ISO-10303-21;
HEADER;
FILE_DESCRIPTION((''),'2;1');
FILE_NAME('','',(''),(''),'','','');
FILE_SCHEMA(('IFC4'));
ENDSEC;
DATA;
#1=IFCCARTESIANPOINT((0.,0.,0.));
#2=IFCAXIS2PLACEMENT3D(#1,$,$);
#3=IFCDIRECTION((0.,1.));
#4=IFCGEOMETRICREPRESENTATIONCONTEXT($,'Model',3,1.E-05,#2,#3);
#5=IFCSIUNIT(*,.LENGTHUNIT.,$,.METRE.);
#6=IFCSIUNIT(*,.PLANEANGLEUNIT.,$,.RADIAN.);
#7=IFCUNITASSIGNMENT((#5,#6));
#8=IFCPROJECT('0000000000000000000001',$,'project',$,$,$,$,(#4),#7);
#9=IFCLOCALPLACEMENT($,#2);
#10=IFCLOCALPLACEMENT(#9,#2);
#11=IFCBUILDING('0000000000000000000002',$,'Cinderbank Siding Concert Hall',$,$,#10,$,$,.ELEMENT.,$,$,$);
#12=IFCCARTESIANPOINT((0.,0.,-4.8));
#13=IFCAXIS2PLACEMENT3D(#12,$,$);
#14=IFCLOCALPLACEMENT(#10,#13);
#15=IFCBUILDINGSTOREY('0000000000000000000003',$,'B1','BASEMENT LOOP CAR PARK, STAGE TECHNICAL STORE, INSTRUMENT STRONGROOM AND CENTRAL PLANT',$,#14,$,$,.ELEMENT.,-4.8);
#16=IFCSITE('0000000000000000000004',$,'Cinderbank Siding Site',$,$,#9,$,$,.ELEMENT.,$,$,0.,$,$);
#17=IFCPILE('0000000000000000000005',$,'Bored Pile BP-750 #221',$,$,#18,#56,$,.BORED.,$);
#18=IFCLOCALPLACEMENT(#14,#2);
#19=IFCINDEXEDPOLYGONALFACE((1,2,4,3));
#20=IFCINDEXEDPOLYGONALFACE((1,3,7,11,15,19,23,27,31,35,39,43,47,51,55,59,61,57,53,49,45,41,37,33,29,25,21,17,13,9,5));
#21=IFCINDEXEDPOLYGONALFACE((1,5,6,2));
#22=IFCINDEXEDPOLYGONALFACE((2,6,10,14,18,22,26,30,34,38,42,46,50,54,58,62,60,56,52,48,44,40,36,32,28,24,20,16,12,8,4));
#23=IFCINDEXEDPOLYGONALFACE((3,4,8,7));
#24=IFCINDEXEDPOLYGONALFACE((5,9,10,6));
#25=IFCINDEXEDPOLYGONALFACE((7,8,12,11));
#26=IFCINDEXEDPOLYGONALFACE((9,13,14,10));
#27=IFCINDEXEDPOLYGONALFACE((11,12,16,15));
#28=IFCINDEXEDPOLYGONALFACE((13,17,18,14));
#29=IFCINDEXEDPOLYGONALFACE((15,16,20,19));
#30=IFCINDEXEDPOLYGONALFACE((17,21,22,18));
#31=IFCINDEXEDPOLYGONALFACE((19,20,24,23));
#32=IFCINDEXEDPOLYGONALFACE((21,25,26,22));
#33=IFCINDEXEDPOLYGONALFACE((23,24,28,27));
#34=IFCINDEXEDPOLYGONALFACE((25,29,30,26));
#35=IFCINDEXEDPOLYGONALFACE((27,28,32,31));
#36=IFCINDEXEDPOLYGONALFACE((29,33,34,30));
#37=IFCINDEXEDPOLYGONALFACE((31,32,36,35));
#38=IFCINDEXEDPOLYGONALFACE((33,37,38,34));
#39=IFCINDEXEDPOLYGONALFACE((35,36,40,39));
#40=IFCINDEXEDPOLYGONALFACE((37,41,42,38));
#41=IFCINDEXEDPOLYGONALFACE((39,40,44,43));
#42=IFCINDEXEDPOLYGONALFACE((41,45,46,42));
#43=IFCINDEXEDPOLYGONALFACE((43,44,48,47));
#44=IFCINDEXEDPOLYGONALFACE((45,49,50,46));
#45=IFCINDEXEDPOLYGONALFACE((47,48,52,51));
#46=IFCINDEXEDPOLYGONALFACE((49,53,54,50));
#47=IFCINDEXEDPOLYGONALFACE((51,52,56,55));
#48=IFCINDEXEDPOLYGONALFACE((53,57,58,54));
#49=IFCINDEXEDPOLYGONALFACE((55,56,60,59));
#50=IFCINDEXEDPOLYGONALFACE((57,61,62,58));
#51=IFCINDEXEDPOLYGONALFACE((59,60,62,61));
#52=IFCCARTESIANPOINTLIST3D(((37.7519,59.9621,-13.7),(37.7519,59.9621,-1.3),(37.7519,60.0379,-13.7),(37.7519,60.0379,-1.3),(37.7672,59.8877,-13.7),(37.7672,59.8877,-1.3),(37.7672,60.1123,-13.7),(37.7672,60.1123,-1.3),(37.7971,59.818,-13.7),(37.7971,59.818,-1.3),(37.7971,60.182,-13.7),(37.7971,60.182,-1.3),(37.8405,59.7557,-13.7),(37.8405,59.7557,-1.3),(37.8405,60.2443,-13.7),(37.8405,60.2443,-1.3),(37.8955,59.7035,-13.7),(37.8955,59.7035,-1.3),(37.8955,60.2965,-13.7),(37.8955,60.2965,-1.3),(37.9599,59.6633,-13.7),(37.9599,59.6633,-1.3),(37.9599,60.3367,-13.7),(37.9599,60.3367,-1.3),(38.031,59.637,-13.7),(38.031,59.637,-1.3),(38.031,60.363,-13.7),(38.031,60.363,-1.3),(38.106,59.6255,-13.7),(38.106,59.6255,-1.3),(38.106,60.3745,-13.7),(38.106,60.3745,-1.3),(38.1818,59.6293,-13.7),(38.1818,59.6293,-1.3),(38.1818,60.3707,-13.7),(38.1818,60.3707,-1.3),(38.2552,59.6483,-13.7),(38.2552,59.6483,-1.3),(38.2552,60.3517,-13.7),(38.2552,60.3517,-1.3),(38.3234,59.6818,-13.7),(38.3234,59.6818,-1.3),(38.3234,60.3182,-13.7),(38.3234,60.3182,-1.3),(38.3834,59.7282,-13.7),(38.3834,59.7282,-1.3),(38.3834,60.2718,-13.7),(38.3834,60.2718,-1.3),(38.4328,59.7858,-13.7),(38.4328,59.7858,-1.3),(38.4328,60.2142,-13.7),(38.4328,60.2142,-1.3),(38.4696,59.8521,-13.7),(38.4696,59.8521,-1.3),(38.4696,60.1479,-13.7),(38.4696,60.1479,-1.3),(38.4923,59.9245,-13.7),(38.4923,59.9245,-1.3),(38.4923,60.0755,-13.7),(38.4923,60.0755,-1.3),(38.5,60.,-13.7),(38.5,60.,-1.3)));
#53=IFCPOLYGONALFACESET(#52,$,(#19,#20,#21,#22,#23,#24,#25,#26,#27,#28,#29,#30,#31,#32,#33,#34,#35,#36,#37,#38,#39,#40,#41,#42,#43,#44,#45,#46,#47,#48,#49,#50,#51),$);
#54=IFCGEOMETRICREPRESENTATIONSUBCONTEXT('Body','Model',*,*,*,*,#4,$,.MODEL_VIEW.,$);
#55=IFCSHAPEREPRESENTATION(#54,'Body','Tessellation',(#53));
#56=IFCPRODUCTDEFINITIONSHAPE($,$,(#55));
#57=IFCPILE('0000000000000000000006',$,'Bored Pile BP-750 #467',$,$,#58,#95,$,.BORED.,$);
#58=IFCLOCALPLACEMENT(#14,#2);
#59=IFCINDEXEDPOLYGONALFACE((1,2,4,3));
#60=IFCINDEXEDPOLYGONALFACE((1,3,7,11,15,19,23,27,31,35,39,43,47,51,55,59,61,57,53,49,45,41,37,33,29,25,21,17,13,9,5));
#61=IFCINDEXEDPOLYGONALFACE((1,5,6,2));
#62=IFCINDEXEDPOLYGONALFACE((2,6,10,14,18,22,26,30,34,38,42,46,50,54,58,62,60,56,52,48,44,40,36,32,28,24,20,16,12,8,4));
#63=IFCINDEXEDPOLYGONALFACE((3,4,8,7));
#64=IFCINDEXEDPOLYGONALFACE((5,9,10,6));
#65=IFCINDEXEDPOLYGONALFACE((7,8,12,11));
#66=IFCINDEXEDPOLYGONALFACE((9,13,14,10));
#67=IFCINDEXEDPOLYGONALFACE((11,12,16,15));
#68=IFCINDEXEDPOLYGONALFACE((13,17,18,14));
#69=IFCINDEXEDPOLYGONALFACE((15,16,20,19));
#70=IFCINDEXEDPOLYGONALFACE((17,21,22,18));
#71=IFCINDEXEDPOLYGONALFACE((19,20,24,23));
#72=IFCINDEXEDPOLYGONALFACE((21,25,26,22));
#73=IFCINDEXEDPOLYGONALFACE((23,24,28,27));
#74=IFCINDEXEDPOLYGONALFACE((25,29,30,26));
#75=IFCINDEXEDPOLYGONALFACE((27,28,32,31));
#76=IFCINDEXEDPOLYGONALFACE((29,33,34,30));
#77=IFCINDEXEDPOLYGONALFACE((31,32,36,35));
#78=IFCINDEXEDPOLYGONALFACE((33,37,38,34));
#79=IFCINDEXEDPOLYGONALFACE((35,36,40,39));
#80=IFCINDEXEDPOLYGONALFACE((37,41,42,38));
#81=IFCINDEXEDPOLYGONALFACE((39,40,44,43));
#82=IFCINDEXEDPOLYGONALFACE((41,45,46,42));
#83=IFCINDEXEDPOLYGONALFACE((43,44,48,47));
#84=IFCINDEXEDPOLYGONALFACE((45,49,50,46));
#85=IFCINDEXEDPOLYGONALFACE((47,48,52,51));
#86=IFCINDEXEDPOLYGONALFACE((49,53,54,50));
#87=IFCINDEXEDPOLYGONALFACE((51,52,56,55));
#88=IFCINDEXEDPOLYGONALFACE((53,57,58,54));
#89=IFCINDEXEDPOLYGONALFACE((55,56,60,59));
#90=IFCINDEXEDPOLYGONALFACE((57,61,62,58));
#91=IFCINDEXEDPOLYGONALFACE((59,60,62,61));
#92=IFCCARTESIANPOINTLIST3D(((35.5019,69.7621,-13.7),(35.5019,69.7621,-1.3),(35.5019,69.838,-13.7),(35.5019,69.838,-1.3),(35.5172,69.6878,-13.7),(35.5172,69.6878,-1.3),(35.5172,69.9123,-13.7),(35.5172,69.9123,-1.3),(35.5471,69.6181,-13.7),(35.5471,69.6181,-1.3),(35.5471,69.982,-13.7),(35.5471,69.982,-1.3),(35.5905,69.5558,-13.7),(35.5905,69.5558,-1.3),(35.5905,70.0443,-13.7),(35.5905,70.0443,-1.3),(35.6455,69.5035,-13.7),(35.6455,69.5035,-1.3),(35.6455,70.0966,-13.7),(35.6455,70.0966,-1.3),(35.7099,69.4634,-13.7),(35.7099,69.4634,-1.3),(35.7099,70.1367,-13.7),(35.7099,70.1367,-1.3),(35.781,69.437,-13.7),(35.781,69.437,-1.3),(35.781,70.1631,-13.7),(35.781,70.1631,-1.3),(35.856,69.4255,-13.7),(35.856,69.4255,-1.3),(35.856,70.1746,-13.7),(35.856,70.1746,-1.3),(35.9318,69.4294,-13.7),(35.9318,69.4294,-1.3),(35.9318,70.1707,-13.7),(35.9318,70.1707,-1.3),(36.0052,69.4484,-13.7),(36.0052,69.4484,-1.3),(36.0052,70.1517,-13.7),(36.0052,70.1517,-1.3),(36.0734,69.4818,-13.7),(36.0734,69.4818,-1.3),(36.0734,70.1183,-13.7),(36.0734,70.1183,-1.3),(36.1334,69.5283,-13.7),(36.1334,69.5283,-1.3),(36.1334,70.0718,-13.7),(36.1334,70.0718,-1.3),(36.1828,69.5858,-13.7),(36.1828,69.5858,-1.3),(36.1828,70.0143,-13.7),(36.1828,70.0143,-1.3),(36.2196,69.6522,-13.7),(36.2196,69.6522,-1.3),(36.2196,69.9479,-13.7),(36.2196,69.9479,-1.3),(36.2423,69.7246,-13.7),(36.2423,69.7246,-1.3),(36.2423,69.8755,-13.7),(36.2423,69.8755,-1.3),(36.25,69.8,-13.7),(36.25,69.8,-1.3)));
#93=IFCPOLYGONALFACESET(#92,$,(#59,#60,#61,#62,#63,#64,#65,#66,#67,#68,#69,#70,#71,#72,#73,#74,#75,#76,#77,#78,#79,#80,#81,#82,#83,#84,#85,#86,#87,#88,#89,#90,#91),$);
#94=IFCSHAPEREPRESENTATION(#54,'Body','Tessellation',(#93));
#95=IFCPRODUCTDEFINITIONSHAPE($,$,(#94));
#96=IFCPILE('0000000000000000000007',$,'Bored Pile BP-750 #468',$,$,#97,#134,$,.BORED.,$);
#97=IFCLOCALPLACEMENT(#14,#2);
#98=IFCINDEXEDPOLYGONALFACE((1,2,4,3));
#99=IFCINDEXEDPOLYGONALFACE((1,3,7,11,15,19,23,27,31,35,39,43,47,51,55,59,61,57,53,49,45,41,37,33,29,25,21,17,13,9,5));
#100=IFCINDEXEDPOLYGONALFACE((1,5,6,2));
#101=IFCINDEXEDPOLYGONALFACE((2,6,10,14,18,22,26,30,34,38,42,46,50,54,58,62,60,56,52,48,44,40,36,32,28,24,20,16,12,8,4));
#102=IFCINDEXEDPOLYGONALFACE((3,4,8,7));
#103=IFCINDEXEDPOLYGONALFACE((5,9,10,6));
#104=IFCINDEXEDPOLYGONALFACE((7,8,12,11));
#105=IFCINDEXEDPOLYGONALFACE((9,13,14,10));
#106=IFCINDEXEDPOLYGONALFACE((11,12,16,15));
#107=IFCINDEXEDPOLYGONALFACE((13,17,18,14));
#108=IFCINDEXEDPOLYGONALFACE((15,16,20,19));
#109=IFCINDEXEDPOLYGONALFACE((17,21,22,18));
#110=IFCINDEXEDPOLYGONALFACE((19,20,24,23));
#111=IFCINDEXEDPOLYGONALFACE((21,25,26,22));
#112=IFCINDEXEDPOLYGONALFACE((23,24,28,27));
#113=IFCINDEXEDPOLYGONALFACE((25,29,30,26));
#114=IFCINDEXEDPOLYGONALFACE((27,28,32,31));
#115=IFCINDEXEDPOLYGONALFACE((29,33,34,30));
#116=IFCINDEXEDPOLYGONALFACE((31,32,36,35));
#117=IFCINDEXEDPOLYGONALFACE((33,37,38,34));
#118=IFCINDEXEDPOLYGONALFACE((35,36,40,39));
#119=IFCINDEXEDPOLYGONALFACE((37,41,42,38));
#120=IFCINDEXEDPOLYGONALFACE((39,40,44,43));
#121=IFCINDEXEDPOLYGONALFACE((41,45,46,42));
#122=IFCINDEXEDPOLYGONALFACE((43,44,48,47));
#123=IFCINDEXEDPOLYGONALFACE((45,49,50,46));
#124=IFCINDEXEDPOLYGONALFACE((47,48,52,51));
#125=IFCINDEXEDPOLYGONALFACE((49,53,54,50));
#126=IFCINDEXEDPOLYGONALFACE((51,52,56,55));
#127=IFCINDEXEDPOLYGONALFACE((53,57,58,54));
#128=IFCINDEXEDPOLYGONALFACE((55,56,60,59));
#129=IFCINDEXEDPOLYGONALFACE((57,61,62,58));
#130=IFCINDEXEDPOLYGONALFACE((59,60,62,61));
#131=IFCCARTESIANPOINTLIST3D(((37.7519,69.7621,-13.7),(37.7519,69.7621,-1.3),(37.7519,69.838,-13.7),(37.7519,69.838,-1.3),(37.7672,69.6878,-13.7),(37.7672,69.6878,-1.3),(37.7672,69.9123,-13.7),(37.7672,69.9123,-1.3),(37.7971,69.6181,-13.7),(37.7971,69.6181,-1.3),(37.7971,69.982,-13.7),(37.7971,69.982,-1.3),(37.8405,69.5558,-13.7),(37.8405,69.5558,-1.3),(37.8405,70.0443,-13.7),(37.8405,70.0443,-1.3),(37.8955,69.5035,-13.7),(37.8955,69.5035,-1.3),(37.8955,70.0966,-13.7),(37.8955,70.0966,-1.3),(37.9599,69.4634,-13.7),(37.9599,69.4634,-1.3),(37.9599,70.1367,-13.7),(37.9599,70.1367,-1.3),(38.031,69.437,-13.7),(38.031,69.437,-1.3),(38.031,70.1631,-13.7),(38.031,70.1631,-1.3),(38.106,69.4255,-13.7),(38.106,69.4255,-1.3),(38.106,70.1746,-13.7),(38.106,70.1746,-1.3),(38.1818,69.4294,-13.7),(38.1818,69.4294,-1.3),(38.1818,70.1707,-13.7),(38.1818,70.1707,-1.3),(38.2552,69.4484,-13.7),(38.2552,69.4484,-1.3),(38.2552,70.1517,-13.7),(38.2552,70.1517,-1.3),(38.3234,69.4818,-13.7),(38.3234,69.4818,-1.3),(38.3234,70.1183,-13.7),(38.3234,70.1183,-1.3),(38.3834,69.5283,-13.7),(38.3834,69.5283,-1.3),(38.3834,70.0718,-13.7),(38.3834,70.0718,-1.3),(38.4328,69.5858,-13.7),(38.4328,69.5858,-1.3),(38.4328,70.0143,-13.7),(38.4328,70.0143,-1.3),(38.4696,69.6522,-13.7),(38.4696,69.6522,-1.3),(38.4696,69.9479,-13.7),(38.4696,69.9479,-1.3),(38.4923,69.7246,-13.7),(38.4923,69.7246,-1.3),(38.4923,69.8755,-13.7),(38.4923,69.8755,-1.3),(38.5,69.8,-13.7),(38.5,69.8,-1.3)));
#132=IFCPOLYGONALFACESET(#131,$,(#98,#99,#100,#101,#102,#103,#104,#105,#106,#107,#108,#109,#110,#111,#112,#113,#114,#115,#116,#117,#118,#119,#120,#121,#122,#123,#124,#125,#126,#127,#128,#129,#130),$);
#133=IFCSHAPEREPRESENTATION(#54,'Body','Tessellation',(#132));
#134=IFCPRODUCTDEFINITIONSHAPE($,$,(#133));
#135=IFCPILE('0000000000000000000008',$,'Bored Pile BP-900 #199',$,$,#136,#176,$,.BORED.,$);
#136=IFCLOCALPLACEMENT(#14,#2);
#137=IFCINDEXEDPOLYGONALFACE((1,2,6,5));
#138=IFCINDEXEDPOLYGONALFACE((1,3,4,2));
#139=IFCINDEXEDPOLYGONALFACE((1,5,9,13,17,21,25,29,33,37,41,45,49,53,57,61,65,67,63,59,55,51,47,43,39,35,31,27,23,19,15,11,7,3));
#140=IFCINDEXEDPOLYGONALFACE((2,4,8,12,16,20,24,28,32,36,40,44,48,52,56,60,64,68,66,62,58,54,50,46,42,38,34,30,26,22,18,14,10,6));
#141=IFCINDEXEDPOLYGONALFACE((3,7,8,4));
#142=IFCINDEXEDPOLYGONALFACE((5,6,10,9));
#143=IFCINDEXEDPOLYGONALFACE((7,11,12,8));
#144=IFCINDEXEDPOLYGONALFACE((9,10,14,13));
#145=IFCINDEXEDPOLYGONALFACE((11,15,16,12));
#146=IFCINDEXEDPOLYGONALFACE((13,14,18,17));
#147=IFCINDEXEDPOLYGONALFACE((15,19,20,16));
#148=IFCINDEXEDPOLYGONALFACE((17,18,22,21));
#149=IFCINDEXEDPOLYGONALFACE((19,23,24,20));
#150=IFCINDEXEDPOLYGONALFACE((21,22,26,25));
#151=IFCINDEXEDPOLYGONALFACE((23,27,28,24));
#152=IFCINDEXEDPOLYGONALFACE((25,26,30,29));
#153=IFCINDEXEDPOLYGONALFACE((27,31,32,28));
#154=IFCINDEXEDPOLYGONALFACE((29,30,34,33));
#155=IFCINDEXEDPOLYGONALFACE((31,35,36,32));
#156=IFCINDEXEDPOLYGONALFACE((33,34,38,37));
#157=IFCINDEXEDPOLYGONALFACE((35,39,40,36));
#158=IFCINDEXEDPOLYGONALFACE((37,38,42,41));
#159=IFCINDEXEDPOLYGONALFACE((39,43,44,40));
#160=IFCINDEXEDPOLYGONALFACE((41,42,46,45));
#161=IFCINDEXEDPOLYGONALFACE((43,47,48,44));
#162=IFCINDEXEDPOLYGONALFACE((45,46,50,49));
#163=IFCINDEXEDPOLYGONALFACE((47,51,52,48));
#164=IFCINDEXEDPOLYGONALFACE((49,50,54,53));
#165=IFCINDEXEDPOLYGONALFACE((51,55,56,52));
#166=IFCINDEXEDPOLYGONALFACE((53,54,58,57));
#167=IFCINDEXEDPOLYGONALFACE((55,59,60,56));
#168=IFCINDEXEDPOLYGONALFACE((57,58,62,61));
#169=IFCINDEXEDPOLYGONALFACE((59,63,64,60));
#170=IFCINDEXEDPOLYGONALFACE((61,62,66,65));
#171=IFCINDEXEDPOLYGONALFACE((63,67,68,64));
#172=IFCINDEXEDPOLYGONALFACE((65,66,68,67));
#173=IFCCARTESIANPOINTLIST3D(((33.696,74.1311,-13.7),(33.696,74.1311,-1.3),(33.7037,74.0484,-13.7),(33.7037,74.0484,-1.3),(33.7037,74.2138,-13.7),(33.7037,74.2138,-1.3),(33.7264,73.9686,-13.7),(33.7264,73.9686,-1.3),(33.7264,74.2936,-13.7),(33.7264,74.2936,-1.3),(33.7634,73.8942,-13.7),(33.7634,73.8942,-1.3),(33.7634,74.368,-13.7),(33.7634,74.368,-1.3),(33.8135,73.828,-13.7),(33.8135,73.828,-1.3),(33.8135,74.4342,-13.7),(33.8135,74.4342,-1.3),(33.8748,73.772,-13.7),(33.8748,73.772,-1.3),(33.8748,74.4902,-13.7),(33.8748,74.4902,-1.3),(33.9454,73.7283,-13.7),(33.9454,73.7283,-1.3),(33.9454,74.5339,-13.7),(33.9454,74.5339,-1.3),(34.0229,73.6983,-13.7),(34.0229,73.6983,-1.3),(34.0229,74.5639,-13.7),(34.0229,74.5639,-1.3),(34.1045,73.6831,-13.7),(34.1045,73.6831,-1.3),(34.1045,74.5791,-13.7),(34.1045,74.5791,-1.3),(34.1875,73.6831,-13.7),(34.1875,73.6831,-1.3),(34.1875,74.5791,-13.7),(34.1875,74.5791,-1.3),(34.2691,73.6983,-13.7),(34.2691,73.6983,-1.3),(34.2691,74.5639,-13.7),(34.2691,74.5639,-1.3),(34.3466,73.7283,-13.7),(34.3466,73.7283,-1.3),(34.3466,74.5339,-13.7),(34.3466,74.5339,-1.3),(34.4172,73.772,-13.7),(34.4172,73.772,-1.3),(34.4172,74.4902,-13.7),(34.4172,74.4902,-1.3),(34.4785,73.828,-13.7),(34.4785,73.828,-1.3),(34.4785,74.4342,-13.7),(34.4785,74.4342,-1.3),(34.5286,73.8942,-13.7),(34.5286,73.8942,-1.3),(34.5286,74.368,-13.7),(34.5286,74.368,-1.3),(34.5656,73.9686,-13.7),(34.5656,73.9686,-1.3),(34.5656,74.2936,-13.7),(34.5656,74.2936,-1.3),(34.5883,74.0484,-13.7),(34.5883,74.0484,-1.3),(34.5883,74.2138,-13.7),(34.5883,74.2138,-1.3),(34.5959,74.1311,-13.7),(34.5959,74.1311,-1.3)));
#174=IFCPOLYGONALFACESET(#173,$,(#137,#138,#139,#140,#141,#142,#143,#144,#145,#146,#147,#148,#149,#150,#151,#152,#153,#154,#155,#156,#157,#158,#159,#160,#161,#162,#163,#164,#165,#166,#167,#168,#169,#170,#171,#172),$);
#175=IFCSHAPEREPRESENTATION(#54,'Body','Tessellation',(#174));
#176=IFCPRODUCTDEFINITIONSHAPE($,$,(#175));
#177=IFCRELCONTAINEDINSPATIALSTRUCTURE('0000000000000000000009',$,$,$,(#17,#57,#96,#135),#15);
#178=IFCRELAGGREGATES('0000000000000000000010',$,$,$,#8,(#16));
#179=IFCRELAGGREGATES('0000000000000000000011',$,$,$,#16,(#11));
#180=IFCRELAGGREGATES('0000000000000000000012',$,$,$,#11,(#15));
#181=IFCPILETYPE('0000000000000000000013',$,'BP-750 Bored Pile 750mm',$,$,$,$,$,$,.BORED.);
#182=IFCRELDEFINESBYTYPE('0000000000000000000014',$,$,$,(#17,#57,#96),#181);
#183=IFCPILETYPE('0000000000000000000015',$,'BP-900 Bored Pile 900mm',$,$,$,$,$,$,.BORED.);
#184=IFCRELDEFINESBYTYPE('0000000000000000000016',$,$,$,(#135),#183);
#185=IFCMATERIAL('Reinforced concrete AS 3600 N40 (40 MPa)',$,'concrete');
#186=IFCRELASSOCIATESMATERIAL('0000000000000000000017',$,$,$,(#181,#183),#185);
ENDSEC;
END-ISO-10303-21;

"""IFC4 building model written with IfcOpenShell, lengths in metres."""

from ifc_helpers import new_model, si_unit, direction, frame, origin, origin_2d, place, context, subcontext, project, spatial, circle, extrude, material, material_profile, profile_set, type_object, element, save


model = new_model("IFC4")

# Units and contexts
model_context = context("Model", 3, precision=1e-05, world=origin(), true_north=direction((0.0, 1.0)))
body_context = subcontext(model_context, "Body", "Model", "MODEL_VIEW")
ifc_project = project(units=[si_unit("LENGTHUNIT", "METRE"), si_unit("PLANEANGLEUNIT", "RADIAN")], contexts=[model_context])

# Site, building, storey
site_placement = place(None, origin())
site = spatial("IfcSite", under=ifc_project, at=site_placement, Name="Cinderbank Siding Site", CompositionType="ELEMENT", RefElevation=0.0)
building_placement = place(site_placement, origin())
building = spatial("IfcBuilding", under=site, at=building_placement, Name="Cinderbank Siding Concert Hall", CompositionType="ELEMENT")
storey_placement = place(building_placement, frame((0.0, 0.0, -4.8)))
storey = spatial("IfcBuildingStorey", under=building, at=storey_placement, Name="B1", Description="BASEMENT LOOP CAR PARK, STAGE TECHNICAL STORE, INSTRUMENT STRONGROOM AND CENTRAL PLANT", CompositionType="ELEMENT", Elevation=-4.8)

# Piles
ifc_material_1 = material(Name="Reinforced concrete AS 3600 N40 (40 MPa)", Category="concrete")
ifc_material_profile_1 = material_profile(ifc_material_1, circle(Radius=0.375, at=origin_2d()), Name="PILE-750DIA", Category="LoadBearing")
ifc_profile_set_1 = profile_set([ifc_material_profile_1], Name="Reinforced concrete AS 3600 N40 (40 MPa)")
pile_type_1 = type_object("IfcPileType", Name="BP-750 Bored Pile 750mm", PredefinedType="BORED", material=ifc_profile_set_1)
for number, where, z_axis, x_axis, name in (
    (1, (38.125, 60.0, -1.3), (0.0, 0.0, -1.0), (1.0, 0.0, 0.0), "Bored Pile BP-750 #221"),
    (2, (35.875, 69.8, -1.3), (0.0, 0.0, -1.0), (1.0, 0.0, 0.0), "Bored Pile BP-750 #467"),
    (3, (38.125, 69.8, -1.3), (0.0, 0.0, -1.0), (1.0, 0.0, 0.0), "Bored Pile BP-750 #468"),
):
    element("IfcPile", number, at=place(storey_placement, frame(where, z_axis=z_axis, x_axis=x_axis)), inside=storey, type_object=pile_type_1, Name=name, PredefinedType="BORED", context=body_context, shape_type="SweptSolid", body=[
        extrude(circle(Radius=0.375, at=origin_2d()), origin(), (0.0, 0.0, 1.0), 12.3999),
    ])
ifc_material_profile_2 = material_profile(ifc_material_1, circle(Radius=0.45, at=origin_2d()), Name="PILE-900DIA", Category="LoadBearing")
ifc_profile_set_2 = profile_set([ifc_material_profile_2], Name="Reinforced concrete AS 3600 N40 (40 MPa)")
pile_type_2 = type_object("IfcPileType", Name="BP-900 Bored Pile 900mm", PredefinedType="BORED", material=ifc_profile_set_2)
for number, where, z_axis, x_axis, name in (
    (4, (34.146, 74.1311, -1.3), (0.0, 0.0, -1.0), (1.0, 0.0, 0.0), "Bored Pile BP-900 #199"),
):
    element("IfcPile", number, at=place(storey_placement, frame(where, z_axis=z_axis, x_axis=x_axis)), inside=storey, type_object=pile_type_2, Name=name, PredefinedType="BORED", context=body_context, shape_type="SweptSolid", body=[
        extrude(circle(Radius=0.45, at=origin_2d()), origin(), (0.0, 0.0, 1.0), 12.3999),
    ])

save(model, "model.ifc")
